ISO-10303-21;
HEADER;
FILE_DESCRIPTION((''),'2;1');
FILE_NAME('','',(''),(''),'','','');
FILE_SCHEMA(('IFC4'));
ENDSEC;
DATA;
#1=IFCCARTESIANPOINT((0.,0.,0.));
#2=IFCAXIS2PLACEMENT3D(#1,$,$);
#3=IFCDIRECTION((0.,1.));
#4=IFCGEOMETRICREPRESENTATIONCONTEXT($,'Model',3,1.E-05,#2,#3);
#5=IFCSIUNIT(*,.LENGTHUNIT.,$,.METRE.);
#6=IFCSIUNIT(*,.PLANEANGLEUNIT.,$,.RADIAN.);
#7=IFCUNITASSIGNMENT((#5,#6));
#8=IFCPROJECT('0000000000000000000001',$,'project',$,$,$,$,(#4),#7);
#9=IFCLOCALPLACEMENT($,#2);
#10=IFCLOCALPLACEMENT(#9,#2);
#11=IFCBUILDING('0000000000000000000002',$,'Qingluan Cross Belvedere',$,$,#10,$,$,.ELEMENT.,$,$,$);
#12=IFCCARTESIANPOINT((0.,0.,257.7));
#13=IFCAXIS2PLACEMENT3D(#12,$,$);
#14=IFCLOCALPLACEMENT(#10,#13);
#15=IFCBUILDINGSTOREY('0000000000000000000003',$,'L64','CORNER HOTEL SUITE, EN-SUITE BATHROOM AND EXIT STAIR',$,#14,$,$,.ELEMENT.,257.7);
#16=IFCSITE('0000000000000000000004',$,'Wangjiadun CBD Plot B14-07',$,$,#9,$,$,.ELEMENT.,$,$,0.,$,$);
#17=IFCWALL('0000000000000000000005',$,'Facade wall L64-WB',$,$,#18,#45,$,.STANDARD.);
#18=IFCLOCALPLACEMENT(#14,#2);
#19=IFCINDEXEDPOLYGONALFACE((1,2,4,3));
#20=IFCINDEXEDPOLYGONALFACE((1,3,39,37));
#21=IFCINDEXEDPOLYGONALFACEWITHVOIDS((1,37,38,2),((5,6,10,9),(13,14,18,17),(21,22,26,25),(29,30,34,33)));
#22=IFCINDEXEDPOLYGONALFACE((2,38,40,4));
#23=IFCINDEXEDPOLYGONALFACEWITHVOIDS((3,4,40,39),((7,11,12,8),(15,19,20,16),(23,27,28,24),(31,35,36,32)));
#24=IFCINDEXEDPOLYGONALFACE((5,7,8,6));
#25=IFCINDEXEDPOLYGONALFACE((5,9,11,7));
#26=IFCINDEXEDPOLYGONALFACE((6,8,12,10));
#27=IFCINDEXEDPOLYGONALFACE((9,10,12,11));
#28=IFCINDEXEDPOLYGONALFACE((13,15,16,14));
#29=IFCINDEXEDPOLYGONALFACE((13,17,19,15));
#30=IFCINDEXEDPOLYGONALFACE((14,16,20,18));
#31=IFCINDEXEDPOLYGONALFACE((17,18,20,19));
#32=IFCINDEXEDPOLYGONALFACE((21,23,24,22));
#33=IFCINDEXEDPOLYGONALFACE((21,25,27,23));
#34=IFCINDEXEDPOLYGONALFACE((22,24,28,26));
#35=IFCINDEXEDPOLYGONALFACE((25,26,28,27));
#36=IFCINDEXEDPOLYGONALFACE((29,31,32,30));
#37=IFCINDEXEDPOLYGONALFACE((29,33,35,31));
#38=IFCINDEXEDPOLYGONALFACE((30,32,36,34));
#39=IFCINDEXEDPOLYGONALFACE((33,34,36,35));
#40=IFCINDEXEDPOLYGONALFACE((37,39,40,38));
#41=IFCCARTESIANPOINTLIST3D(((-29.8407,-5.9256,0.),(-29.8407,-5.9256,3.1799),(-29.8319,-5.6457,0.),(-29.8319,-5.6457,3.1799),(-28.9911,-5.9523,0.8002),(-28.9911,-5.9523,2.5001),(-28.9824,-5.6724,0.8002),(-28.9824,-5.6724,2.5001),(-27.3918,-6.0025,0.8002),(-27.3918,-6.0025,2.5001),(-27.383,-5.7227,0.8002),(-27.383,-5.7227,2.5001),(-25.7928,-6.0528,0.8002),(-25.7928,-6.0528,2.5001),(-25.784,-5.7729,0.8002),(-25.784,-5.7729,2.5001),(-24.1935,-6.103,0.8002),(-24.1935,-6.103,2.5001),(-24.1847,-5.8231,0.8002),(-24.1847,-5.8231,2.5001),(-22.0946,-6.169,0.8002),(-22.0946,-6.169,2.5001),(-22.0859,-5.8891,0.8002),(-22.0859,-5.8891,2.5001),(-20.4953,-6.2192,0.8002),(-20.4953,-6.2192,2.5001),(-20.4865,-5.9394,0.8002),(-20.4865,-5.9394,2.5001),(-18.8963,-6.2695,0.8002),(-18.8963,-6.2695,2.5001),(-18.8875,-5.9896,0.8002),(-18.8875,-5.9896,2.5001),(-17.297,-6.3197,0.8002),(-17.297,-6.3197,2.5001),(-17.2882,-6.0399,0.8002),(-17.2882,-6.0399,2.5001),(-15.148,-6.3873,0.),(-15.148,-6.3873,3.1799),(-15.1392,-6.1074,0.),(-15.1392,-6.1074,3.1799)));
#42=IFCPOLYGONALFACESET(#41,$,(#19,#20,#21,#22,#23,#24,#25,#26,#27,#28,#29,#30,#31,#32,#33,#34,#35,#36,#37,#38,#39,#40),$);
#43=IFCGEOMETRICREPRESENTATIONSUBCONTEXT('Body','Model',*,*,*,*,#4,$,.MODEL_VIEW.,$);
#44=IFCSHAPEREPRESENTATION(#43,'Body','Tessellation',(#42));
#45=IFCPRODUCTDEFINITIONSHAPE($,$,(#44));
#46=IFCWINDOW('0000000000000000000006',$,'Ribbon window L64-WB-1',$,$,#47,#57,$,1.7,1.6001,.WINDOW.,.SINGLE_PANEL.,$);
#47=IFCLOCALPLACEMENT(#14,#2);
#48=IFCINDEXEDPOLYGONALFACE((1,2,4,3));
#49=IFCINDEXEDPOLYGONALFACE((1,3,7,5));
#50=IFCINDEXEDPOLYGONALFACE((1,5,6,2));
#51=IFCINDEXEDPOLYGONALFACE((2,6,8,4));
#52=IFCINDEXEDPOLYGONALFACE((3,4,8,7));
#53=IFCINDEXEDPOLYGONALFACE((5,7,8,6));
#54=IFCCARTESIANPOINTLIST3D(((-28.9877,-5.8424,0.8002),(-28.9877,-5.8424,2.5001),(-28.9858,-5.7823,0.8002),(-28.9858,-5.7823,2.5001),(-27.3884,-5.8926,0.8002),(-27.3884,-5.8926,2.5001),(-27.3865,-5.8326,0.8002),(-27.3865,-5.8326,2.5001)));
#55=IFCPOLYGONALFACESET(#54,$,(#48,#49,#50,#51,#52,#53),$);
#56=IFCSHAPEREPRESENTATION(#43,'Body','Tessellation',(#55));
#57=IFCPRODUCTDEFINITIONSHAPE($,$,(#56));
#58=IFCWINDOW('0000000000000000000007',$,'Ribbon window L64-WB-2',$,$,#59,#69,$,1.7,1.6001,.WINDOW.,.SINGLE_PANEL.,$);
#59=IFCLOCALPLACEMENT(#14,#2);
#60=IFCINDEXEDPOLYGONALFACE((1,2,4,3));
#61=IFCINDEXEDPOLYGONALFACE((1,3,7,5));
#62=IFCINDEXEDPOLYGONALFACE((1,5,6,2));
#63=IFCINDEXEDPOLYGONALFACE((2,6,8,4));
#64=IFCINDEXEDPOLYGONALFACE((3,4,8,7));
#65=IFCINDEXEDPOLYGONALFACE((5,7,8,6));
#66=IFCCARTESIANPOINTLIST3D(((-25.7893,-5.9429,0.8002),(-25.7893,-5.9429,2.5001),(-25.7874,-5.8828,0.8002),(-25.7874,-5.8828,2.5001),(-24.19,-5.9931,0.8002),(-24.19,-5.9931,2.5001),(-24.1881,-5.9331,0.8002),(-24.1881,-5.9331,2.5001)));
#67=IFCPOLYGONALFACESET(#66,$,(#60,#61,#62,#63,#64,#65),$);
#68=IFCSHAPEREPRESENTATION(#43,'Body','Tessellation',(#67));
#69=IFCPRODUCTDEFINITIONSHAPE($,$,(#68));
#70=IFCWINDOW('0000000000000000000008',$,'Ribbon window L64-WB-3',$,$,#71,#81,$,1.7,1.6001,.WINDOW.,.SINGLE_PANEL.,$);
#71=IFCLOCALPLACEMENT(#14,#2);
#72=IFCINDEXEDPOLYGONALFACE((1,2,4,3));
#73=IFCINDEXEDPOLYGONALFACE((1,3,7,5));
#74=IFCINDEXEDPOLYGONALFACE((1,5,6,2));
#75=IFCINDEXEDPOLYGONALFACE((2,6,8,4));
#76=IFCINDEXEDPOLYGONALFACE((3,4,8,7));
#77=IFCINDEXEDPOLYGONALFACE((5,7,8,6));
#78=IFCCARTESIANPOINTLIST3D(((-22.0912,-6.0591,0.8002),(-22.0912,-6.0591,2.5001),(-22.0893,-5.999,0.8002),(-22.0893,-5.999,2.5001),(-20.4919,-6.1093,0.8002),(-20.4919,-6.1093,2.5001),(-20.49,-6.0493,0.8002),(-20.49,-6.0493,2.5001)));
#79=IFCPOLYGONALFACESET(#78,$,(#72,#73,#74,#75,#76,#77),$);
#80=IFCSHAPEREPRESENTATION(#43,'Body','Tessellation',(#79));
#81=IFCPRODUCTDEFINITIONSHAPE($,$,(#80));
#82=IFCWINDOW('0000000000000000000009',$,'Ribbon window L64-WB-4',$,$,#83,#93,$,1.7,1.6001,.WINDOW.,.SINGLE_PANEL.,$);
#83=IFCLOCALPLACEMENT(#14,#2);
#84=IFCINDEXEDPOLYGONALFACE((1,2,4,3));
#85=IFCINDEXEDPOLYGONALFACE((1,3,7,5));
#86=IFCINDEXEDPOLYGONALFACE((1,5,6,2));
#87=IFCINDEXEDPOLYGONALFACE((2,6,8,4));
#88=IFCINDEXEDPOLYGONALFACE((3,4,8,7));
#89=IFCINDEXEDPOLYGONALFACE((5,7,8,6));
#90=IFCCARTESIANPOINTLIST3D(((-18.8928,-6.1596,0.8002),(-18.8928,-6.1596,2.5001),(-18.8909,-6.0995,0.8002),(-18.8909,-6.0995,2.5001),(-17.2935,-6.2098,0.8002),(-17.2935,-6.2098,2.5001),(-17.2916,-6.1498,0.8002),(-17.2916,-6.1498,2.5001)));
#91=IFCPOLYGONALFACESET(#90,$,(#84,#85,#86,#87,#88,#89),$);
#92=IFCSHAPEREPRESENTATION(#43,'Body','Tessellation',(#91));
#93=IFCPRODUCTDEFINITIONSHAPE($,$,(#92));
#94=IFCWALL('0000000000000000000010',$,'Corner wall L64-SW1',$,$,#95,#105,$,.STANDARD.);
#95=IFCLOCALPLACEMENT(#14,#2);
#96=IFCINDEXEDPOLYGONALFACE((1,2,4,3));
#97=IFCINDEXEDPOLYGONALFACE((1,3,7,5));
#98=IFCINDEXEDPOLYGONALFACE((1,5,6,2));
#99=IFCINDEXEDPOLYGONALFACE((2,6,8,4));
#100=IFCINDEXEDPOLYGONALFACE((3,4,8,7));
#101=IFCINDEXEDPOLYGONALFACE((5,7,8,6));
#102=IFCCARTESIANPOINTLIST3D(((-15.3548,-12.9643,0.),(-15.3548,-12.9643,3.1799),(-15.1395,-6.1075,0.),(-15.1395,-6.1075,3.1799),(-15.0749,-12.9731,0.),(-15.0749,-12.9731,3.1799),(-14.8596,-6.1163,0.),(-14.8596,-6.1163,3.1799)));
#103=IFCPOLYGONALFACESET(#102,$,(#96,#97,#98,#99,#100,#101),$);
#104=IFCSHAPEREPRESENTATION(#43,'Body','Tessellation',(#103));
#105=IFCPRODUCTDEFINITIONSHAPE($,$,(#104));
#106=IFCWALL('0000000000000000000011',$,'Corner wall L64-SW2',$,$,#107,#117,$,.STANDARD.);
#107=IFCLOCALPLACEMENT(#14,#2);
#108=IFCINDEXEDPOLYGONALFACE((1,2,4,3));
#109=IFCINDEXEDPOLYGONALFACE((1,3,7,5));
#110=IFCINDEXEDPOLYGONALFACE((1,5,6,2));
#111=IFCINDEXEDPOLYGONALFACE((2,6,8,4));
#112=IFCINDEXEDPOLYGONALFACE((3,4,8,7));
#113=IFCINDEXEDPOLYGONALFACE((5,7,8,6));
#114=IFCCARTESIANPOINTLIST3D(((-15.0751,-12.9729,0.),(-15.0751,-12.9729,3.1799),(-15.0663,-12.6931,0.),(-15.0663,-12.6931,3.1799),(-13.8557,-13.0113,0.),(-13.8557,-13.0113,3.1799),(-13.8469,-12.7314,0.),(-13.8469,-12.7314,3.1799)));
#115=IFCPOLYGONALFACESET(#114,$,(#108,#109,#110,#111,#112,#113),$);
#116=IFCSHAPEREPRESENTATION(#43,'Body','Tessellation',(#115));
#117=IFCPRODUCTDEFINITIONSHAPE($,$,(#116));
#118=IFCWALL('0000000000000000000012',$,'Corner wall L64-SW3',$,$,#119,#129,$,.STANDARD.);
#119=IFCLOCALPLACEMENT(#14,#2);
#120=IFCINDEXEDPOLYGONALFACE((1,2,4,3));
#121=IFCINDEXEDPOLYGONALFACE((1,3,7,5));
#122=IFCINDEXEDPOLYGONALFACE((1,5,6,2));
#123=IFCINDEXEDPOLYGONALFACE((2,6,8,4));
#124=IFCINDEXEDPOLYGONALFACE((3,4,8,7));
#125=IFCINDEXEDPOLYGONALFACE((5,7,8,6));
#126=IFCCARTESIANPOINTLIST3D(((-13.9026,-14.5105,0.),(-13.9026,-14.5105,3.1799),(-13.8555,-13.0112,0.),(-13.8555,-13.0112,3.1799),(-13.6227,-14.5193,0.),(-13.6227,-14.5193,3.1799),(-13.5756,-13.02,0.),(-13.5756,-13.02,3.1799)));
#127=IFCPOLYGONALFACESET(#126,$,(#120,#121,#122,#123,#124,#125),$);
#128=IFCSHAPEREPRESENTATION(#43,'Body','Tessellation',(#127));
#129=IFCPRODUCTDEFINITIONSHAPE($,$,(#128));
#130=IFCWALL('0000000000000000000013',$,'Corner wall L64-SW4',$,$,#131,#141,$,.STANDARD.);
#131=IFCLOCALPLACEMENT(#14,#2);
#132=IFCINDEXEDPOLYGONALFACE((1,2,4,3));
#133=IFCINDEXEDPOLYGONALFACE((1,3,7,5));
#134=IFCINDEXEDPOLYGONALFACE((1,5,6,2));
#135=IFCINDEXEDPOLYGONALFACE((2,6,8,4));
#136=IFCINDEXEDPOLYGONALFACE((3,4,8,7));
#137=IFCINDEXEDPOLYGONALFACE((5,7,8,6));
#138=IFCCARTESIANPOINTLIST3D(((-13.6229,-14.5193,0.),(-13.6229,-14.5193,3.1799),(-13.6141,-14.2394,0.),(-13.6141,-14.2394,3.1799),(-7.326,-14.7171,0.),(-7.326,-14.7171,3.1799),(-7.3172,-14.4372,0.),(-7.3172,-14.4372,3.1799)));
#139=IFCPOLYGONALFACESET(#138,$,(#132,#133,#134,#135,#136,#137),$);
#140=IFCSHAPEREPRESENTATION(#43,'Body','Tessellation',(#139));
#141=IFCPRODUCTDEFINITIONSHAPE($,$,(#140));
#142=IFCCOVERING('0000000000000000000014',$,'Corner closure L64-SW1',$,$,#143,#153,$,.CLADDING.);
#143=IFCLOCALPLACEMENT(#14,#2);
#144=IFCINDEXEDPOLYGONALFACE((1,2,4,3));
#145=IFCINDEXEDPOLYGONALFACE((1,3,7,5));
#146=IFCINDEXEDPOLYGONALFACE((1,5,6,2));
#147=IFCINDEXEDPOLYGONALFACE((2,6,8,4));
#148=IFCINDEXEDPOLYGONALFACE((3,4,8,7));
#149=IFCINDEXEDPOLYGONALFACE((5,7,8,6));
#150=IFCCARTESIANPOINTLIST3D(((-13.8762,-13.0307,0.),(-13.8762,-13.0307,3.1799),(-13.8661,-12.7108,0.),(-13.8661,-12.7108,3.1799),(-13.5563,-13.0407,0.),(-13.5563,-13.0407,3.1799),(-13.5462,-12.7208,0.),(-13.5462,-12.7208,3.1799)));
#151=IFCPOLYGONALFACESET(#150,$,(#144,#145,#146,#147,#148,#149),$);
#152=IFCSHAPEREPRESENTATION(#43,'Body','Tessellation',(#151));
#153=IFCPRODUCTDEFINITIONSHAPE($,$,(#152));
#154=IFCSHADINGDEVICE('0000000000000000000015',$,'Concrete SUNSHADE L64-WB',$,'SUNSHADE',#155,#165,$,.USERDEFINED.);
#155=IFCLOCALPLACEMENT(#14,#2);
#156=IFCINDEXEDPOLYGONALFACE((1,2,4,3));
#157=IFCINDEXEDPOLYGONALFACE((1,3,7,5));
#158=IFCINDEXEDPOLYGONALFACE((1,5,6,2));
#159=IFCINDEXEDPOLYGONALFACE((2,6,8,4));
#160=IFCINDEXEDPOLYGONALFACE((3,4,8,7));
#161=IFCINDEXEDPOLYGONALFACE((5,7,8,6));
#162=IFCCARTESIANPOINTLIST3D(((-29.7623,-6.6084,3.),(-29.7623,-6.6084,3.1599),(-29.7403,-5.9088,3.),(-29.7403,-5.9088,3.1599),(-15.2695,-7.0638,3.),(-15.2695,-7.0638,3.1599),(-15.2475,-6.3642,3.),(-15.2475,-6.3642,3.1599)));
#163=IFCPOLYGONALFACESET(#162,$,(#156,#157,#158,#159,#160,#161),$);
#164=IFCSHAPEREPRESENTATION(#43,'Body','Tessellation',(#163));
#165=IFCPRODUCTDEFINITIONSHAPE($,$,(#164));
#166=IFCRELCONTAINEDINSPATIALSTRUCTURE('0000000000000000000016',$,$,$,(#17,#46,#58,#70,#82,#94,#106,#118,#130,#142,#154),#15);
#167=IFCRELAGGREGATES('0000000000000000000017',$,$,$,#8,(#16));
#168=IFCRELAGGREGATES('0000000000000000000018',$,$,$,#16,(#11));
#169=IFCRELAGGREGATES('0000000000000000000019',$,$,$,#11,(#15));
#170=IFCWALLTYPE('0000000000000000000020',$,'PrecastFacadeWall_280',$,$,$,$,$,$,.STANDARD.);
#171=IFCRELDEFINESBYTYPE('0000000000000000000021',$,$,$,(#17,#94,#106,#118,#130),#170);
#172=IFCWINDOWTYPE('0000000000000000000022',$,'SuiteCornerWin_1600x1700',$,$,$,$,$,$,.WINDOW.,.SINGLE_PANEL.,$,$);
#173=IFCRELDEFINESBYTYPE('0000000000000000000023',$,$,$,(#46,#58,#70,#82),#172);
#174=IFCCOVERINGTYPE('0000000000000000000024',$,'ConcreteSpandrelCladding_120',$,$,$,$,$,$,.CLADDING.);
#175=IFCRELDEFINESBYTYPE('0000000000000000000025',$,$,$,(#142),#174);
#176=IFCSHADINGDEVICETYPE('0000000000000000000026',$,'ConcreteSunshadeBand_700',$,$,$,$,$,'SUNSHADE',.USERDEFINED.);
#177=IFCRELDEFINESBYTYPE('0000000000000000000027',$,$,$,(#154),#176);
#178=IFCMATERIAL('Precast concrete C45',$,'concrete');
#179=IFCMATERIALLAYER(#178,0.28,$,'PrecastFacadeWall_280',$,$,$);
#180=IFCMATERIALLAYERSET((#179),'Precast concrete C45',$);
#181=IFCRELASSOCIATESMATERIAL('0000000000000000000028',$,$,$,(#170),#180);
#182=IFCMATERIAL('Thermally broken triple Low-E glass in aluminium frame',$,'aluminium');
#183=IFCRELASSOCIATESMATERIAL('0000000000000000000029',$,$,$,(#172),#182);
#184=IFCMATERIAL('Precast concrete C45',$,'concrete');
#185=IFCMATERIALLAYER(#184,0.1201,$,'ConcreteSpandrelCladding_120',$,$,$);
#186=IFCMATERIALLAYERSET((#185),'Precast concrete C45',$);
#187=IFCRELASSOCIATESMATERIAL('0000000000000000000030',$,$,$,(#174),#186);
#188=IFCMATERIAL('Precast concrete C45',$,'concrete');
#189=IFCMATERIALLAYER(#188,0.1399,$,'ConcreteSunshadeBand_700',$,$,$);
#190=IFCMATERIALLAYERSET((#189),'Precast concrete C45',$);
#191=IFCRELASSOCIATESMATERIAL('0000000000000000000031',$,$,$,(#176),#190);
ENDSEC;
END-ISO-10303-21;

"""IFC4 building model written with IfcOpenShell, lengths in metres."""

from ifc_helpers import new_model, si_unit, direction, frame, frame_2d, origin, origin_2d, place, context, subcontext, project, spatial, rectangle, extrude, material, layer, layer_set, type_object, element, fill, save


model = new_model("IFC4")

# Units and contexts
model_context = context("Model", 3, precision=1e-05, world=origin(), true_north=direction((0.0, 1.0)))
body_context = subcontext(model_context, "Body", "Model", "MODEL_VIEW")
ifc_project = project(units=[si_unit("LENGTHUNIT", "METRE"), si_unit("PLANEANGLEUNIT", "RADIAN")], contexts=[model_context])

# Site, building, storey
site_placement = place(None, origin())
site = spatial("IfcSite", under=ifc_project, at=site_placement, Name="Wangjiadun CBD Plot B14-07", CompositionType="ELEMENT", RefElevation=0.0)
building_placement = place(site_placement, origin())
building = spatial("IfcBuilding", under=site, at=building_placement, Name="Qingluan Cross Belvedere", CompositionType="ELEMENT")
storey_placement = place(building_placement, frame((0.0, 0.0, 257.7)))
storey = spatial("IfcBuildingStorey", under=building, at=storey_placement, Name="L64", Description="CORNER HOTEL SUITE, EN-SUITE BATHROOM AND EXIT STAIR", CompositionType="ELEMENT", Elevation=257.7)

# Wall, openings, windows
ifc_material_1 = material(Name="Precast concrete C45", Category="concrete")
ifc_layer_1 = layer(ifc_material_1, 0.28, Name="PrecastFacadeWall_280")
ifc_layer_set_1 = layer_set([ifc_layer_1], Name="Precast concrete C45")
wall_type_1 = type_object("IfcWallType", Name="PrecastFacadeWall_280", PredefinedType="STANDARD", material=ifc_layer_set_1)
wall_1_placement = place(storey_placement, frame((-29.8364, -5.7856, 0.0), z_axis=(0.0, 0.0, 1.0), x_axis=(0.999507, -0.031406, 0.0)))
wall_1 = element("IfcWall", 1, at=wall_1_placement, inside=storey, type_object=wall_type_1, Name="Facade wall L64-WB", PredefinedType="STANDARD", context=body_context, shape_type="SweptSolid", body=[
    extrude(rectangle(XDim=14.7, YDim=0.28, at=frame_2d((7.3501, 0.0))), origin(), (0.0, 0.0, 1.0), 3.1799),
])
opening_1_placement = place(wall_1_placement, frame((0.8501, 0.0, 0.8)))
opening_1 = element("IfcOpeningElement", 2, at=opening_1_placement, cuts=wall_1, PredefinedType="OPENING", context=body_context, shape_type="SweptSolid", body=[
    extrude(rectangle(XDim=1.6001, YDim=1.7, at=frame_2d((0.8, 0.8501))), frame((0.0, 0.1499, 0.0), z_axis=(0.0, -1.0, 0.0), x_axis=(1.0, 0.0, 0.0)), (0.0, 0.0, 1.0), 0.3),
])
opening_2_placement = place(wall_1_placement, frame((4.05, 0.0, 0.8)))
opening_2 = element("IfcOpeningElement", 3, at=opening_2_placement, cuts=wall_1, PredefinedType="OPENING", context=body_context, shape_type="SweptSolid", body=[
    extrude(rectangle(XDim=1.6001, YDim=1.7, at=frame_2d((0.8, 0.8501))), frame((0.0, 0.1499, 0.0), z_axis=(0.0, -1.0, 0.0), x_axis=(1.0, 0.0, 0.0)), (0.0, 0.0, 1.0), 0.3),
])
opening_3_placement = place(wall_1_placement, frame((7.75, 0.0, 0.8)))
opening_3 = element("IfcOpeningElement", 4, at=opening_3_placement, cuts=wall_1, PredefinedType="OPENING", context=body_context, shape_type="SweptSolid", body=[
    extrude(rectangle(XDim=1.6001, YDim=1.7, at=frame_2d((0.8, 0.8501))), frame((0.0, 0.1499, 0.0), z_axis=(0.0, -1.0, 0.0), x_axis=(1.0, 0.0, 0.0)), (0.0, 0.0, 1.0), 0.3),
])
opening_4_placement = place(wall_1_placement, frame((10.95, 0.0, 0.8)))
opening_4 = element("IfcOpeningElement", 5, at=opening_4_placement, cuts=wall_1, PredefinedType="OPENING", context=body_context, shape_type="SweptSolid", body=[
    extrude(rectangle(XDim=1.6001, YDim=1.7, at=frame_2d((0.8, 0.8501))), frame((0.0, 0.1499, 0.0), z_axis=(0.0, -1.0, 0.0), x_axis=(1.0, 0.0, 0.0)), (0.0, 0.0, 1.0), 0.3),
])
ifc_material_2 = material(Name="Thermally broken triple Low-E glass in aluminium frame", Category="aluminium")
window_type = type_object("IfcWindowType", Name="SuiteCornerWin_1600x1700", PartitioningType="SINGLE_PANEL", PredefinedType="WINDOW", material=ifc_material_2)
window_1_placement = place(opening_1_placement, origin())
window_1 = element("IfcWindow", 6, at=window_1_placement, inside=storey, type_object=window_type, Name="Ribbon window L64-WB-1", OverallHeight=1.7, OverallWidth=1.6001, PartitioningType="SINGLE_PANEL", PredefinedType="WINDOW", context=body_context, shape_type="SweptSolid", body=[
    extrude(rectangle(XDim=1.6001, YDim=1.7, at=frame_2d((0.8, 0.8501))), frame((0.0, 0.03, 0.0), z_axis=(0.0, -1.0, 0.0), x_axis=(1.0, 0.0, 0.0)), (0.0, 0.0, 1.0), 0.0601),
])
fill(opening_1, window_1)
window_2_placement = place(opening_2_placement, origin())
window_2 = element("IfcWindow", 7, at=window_2_placement, inside=storey, type_object=window_type, Name="Ribbon window L64-WB-2", OverallHeight=1.7, OverallWidth=1.6001, PartitioningType="SINGLE_PANEL", PredefinedType="WINDOW", context=body_context, shape_type="SweptSolid", body=[
    extrude(rectangle(XDim=1.6001, YDim=1.7, at=frame_2d((0.8, 0.8501))), frame((0.0, 0.03, 0.0), z_axis=(0.0, -1.0, 0.0), x_axis=(1.0, 0.0, 0.0)), (0.0, 0.0, 1.0), 0.0601),
])
fill(opening_2, window_2)
window_3_placement = place(opening_3_placement, origin())
window_3 = element("IfcWindow", 8, at=window_3_placement, inside=storey, type_object=window_type, Name="Ribbon window L64-WB-3", OverallHeight=1.7, OverallWidth=1.6001, PartitioningType="SINGLE_PANEL", PredefinedType="WINDOW", context=body_context, shape_type="SweptSolid", body=[
    extrude(rectangle(XDim=1.6001, YDim=1.7, at=frame_2d((0.8, 0.8501))), frame((0.0, 0.03, 0.0), z_axis=(0.0, -1.0, 0.0), x_axis=(1.0, 0.0, 0.0)), (0.0, 0.0, 1.0), 0.0601),
])
fill(opening_3, window_3)
window_4_placement = place(opening_4_placement, origin())
window_4 = element("IfcWindow", 9, at=window_4_placement, inside=storey, type_object=window_type, Name="Ribbon window L64-WB-4", OverallHeight=1.7, OverallWidth=1.6001, PartitioningType="SINGLE_PANEL", PredefinedType="WINDOW", context=body_context, shape_type="SweptSolid", body=[
    extrude(rectangle(XDim=1.6001, YDim=1.7, at=frame_2d((0.8, 0.8501))), frame((0.0, 0.03, 0.0), z_axis=(0.0, -1.0, 0.0), x_axis=(1.0, 0.0, 0.0)), (0.0, 0.0, 1.0), 0.0601),
])
fill(opening_4, window_4)

# Walls
wall_2_placement = place(storey_placement, frame((-14.9995, -6.1118, 0.0), z_axis=(0.0, 0.0, 1.0), x_axis=(-0.031389, -0.999507, 0.0)))
element("IfcWall", 10, at=wall_2_placement, inside=storey, type_object=wall_type_1, Name="Corner wall L64-SW1", PredefinedType="STANDARD", context=body_context, shape_type="SweptSolid", body=[
    extrude(rectangle(XDim=6.8601, YDim=0.28, at=frame_2d((3.4302, 0.0))), origin(), (0.0, 0.0, 1.0), 3.1799),
])
wall_3_placement = place(storey_placement, frame((-15.0706, -12.833, 0.0), z_axis=(0.0, 0.0, 1.0), x_axis=(0.999506, -0.031416, 0.0)))
element("IfcWall", 11, at=wall_3_placement, inside=storey, type_object=wall_type_1, Name="Corner wall L64-SW2", PredefinedType="STANDARD", context=body_context, shape_type="SweptSolid", body=[
    extrude(rectangle(XDim=1.22, YDim=0.28, at=frame_2d((0.6099, 0.0))), origin(), (0.0, 0.0, 1.0), 3.1799),
])
wall_4_placement = place(storey_placement, frame((-13.7156, -13.0156, 0.0), z_axis=(0.0, 0.0, 1.0), x_axis=(-0.031413, -0.999507, 0.0)))
element("IfcWall", 12, at=wall_4_placement, inside=storey, type_object=wall_type_1, Name="Corner wall L64-SW3", PredefinedType="STANDARD", context=body_context, shape_type="SweptSolid", body=[
    extrude(rectangle(XDim=1.5, YDim=0.28, at=frame_2d((0.75, 0.0))), origin(), (0.0, 0.0, 1.0), 3.1799),
])
wall_5_placement = place(storey_placement, frame((-13.6184, -14.3794, 0.0), z_axis=(0.0, 0.0, 1.0), x_axis=(0.999507, -0.03139, 0.0)))
element("IfcWall", 13, at=wall_5_placement, inside=storey, type_object=wall_type_1, Name="Corner wall L64-SW4", PredefinedType="STANDARD", context=body_context, shape_type="SweptSolid", body=[
    extrude(rectangle(XDim=6.3, YDim=0.28, at=frame_2d((3.1499, 0.0))), origin(), (0.0, 0.0, 1.0), 3.1799),
])

# Covering
ifc_material_3 = material(Name="Precast concrete C45", Category="concrete")
ifc_layer_2 = layer(ifc_material_3, 0.1201, Name="ConcreteSpandrelCladding_120")
ifc_layer_set_2 = layer_set([ifc_layer_2], Name="Precast concrete C45")
covering_type = type_object("IfcCoveringType", Name="ConcreteSpandrelCladding_120", PredefinedType="CLADDING", material=ifc_layer_set_2)
covering_placement = place(storey_placement, frame((-13.7112, -12.8757, 0.0), z_axis=(0.0, 0.0, 1.0), x_axis=(0.999507, -0.031411, 0.0)))
element("IfcCovering", 14, at=covering_placement, inside=storey, type_object=covering_type, Name="Corner closure L64-SW1", PredefinedType="CLADDING", context=body_context, shape_type="SweptSolid", body=[
    extrude(rectangle(XDim=0.3201, YDim=0.3201, at=origin_2d()), origin(), (0.0, 0.0, 1.0), 3.1799),
])

# Shading device
ifc_material_4 = material(Name="Precast concrete C45", Category="concrete")
ifc_layer_3 = layer(ifc_material_4, 0.1399, Name="ConcreteSunshadeBand_700")
ifc_layer_set_3 = layer_set([ifc_layer_3], Name="Precast concrete C45")
shading_device_type = type_object("IfcShadingDeviceType", Name="ConcreteSunshadeBand_700", ElementType="SUNSHADE", PredefinedType="USERDEFINED", material=ifc_layer_set_3)
shading_device_placement = place(storey_placement, frame((-22.5049, -6.4863, 3.0), z_axis=(0.0, 0.0, 1.0), x_axis=(0.999507, -0.031408, 0.0)))
element("IfcShadingDevice", 15, at=shading_device_placement, inside=storey, type_object=shading_device_type, Name="Concrete SUNSHADE L64-WB", ObjectType="SUNSHADE", PredefinedType="USERDEFINED", context=body_context, shape_type="SweptSolid", body=[
    extrude(rectangle(XDim=14.5, YDim=0.7, at=origin_2d()), origin(), (0.0, 0.0, 1.0), 0.1599),
])

save(model, "model.ifc")
